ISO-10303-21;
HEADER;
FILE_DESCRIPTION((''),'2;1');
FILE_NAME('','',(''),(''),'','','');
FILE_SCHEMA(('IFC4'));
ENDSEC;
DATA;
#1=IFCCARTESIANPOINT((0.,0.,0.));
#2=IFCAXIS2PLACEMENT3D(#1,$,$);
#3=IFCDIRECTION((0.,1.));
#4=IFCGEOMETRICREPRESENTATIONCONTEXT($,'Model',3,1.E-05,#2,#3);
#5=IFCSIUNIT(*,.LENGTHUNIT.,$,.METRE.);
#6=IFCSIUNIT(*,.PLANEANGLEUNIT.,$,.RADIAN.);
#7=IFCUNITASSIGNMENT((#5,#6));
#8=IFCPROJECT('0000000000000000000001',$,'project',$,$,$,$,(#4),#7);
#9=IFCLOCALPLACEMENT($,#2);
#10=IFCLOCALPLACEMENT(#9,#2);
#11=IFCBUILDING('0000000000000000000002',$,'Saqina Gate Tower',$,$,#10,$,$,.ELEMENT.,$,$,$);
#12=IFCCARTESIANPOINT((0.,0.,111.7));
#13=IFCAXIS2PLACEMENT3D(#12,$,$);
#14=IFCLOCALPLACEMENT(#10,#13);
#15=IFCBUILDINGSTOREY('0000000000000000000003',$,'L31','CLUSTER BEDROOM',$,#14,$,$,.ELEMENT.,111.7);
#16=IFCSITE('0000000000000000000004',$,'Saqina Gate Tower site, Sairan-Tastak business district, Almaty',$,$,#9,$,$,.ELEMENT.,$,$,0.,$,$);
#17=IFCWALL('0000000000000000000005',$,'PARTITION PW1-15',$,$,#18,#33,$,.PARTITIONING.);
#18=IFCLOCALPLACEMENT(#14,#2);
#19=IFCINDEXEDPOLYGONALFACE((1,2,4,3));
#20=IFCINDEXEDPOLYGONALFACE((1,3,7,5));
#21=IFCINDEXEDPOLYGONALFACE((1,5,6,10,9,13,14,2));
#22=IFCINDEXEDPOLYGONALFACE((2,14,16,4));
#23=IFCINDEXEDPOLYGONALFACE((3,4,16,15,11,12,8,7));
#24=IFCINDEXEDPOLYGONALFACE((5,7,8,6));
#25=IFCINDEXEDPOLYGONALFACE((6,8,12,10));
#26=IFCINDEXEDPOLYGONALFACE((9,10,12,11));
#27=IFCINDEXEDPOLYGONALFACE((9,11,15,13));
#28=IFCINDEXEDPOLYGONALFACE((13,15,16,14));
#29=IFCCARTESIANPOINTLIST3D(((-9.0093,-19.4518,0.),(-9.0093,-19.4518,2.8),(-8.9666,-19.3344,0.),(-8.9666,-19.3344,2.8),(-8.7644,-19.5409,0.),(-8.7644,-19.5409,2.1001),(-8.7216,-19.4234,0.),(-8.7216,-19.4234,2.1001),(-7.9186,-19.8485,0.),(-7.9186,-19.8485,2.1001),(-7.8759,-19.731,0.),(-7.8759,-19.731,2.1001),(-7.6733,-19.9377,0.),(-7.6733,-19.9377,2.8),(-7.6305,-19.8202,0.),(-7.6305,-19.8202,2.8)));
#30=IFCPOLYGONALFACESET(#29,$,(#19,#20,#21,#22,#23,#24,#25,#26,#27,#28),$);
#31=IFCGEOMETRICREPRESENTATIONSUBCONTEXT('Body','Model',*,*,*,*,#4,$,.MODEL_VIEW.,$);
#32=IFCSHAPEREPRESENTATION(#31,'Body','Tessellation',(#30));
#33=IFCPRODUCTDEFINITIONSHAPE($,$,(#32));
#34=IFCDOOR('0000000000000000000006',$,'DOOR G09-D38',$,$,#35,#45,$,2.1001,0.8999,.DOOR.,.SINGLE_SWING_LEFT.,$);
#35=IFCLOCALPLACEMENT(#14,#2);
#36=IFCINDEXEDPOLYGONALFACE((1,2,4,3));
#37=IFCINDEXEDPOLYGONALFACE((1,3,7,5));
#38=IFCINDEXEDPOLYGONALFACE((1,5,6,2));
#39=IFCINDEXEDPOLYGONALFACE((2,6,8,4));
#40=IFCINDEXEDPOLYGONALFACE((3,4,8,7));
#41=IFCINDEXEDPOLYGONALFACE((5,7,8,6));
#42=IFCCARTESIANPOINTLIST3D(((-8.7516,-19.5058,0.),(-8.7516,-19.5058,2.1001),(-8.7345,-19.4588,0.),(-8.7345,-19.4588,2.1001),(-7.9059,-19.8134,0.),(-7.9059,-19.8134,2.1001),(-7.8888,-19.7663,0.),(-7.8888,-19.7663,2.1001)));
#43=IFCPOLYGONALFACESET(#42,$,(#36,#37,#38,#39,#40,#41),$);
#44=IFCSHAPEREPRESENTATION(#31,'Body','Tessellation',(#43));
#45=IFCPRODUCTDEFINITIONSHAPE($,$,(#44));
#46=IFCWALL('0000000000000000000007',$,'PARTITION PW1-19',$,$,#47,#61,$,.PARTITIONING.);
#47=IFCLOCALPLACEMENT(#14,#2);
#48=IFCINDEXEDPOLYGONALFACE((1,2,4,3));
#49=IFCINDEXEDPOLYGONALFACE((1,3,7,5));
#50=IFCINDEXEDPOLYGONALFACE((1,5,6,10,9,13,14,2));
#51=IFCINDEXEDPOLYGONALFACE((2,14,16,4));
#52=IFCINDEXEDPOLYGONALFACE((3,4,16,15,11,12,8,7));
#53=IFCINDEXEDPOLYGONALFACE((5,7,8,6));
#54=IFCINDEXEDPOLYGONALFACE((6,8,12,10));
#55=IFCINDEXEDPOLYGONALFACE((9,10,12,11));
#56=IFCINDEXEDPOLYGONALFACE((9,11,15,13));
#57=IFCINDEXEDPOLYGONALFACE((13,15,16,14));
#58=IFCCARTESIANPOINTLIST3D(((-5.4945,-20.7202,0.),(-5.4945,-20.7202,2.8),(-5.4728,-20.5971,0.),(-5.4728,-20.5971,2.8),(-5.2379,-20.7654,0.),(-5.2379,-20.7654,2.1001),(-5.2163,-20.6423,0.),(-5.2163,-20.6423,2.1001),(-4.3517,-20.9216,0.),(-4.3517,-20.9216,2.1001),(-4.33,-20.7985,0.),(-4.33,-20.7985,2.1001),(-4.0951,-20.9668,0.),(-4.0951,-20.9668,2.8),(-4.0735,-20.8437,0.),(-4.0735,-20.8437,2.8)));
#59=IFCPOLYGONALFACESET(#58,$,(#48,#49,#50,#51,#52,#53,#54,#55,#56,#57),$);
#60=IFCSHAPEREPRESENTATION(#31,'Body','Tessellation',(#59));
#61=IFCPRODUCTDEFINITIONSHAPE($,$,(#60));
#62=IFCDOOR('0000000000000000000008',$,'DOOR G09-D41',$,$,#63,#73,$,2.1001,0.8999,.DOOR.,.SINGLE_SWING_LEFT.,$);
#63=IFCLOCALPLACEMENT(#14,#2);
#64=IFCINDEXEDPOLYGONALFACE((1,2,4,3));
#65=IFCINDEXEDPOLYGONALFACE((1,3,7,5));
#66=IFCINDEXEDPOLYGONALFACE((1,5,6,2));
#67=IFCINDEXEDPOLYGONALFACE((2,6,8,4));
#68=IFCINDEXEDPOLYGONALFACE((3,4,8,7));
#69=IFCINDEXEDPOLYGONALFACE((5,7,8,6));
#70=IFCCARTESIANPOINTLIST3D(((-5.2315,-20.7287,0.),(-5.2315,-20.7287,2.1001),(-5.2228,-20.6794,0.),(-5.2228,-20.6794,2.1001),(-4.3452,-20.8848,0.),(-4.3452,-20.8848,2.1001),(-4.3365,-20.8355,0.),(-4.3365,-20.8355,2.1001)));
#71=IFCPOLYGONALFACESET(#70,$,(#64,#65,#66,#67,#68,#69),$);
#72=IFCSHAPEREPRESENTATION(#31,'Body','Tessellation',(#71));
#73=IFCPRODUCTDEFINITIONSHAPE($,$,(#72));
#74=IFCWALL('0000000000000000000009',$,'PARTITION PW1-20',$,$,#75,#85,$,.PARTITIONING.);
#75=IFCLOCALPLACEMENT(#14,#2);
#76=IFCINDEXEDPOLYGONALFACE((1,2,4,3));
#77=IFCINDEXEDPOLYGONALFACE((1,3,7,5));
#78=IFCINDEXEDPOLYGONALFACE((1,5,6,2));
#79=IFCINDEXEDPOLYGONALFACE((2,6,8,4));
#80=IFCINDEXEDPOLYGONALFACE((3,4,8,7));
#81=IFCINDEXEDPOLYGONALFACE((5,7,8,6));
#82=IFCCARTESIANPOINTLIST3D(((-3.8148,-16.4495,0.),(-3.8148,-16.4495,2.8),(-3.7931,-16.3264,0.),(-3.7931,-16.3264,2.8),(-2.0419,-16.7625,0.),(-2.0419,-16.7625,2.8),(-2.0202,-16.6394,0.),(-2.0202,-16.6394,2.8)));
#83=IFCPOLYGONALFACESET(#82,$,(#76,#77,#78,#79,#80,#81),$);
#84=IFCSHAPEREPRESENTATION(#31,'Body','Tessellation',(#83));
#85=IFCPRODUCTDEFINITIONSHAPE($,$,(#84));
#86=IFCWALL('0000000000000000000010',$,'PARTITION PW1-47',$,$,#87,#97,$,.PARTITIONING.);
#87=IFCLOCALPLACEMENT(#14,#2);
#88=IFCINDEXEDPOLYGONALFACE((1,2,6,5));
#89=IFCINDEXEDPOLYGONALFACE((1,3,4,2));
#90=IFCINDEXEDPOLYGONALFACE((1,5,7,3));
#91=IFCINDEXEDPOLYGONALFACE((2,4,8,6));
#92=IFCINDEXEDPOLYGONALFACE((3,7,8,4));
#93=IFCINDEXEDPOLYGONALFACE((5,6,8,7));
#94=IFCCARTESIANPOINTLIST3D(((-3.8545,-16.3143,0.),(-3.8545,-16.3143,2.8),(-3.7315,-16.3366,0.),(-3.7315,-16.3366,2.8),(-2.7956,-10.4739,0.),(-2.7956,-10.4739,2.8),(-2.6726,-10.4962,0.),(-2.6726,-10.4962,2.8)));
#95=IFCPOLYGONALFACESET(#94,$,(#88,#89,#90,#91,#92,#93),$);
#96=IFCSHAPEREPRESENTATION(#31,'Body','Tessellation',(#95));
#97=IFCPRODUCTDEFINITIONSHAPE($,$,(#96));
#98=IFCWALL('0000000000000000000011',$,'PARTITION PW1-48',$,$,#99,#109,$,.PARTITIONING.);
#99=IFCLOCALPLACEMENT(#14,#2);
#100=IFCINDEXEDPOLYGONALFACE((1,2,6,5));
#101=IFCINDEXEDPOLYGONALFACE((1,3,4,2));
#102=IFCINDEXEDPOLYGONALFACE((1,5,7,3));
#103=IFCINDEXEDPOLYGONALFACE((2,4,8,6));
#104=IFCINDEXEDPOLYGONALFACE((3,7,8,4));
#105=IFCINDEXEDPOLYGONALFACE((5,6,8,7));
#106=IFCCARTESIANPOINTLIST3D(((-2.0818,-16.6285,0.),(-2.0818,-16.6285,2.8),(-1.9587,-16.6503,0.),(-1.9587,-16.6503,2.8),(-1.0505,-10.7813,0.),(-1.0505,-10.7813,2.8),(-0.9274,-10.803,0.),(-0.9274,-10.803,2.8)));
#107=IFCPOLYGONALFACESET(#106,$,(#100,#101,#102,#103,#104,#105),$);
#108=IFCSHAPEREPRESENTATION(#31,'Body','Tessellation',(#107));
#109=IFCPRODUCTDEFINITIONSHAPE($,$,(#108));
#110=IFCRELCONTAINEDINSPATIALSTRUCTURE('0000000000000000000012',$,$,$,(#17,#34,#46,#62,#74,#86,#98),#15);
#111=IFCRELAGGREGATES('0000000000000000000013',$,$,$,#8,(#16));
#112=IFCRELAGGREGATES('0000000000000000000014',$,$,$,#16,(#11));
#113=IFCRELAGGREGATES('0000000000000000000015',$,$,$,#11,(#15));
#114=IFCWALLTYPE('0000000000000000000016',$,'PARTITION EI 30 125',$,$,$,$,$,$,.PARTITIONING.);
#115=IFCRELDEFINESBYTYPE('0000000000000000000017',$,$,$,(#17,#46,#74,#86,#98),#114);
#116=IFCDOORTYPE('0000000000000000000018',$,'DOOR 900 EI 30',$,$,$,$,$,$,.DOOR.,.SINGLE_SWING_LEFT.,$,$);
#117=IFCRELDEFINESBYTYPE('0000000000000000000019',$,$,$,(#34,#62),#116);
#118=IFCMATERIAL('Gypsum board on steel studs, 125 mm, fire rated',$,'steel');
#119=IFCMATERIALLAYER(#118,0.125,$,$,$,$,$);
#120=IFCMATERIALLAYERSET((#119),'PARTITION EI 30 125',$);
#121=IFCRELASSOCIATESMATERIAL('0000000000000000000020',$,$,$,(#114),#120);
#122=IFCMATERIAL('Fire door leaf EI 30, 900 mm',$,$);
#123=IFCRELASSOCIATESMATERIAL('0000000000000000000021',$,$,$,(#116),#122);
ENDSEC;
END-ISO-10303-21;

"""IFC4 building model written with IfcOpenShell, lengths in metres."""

from ifc_helpers import new_model, si_unit, direction, frame, frame_2d, origin, place, context, subcontext, project, spatial, rectangle, extrude, material, layer, layer_set, type_object, element, fill, save


model = new_model("IFC4")

# Units and contexts
model_context = context("Model", 3, precision=1e-05, world=origin(), true_north=direction((0.0, 1.0)))
body_context = subcontext(model_context, "Body", "Model", "MODEL_VIEW")
ifc_project = project(units=[si_unit("LENGTHUNIT", "METRE"), si_unit("PLANEANGLEUNIT", "RADIAN")], contexts=[model_context])

# Site, building, storey
site_placement = place(None, origin())
site = spatial("IfcSite", under=ifc_project, at=site_placement, Name="Saqina Gate Tower site, Sairan-Tastak business district, Almaty", CompositionType="ELEMENT", RefElevation=0.0)
building_placement = place(site_placement, origin())
building = spatial("IfcBuilding", under=site, at=building_placement, Name="Saqina Gate Tower", CompositionType="ELEMENT")
storey_placement = place(building_placement, frame((0.0, 0.0, 111.7)))
storey = spatial("IfcBuildingStorey", under=building, at=storey_placement, Name="L31", Description="CLUSTER BEDROOM", CompositionType="ELEMENT", Elevation=111.7)

# Walls, openings, doors
ifc_material_1 = material(Name="Gypsum board on steel studs, 125 mm, fire rated", Category="steel")
ifc_layer_1 = layer(ifc_material_1, 0.125)
ifc_layer_set_1 = layer_set([ifc_layer_1], Name="PARTITION EI 30 125")
wall_type_1 = type_object("IfcWallType", Name="PARTITION EI 30 125", PredefinedType="PARTITIONING", material=ifc_layer_set_1)
wall_1_placement = place(storey_placement, frame((-8.988, -19.3931, 0.0), z_axis=(0.0, 0.0, 1.0), x_axis=(0.939783, -0.341771, 0.0)))
wall_1 = element("IfcWall", 1, at=wall_1_placement, inside=storey, type_object=wall_type_1, Name="PARTITION PW1-15", PredefinedType="PARTITIONING", context=body_context, shape_type="SweptSolid", body=[
    extrude(rectangle(XDim=1.4216, YDim=0.125, at=frame_2d((0.7109, 0.0))), origin(), (0.0, 0.0, 1.0), 2.8),
])
opening_1_placement = place(wall_1_placement, frame((0.2607, 0.0, 0.0)))
opening_1 = element("IfcOpeningElement", 2, at=opening_1_placement, cuts=wall_1, PredefinedType="OPENING", context=body_context, shape_type="SweptSolid", body=[
    extrude(rectangle(XDim=0.8999, YDim=2.1001, at=frame_2d((0.45, 1.05))), frame((0.0, 0.0745, 0.0), z_axis=(0.0, -1.0, 0.0), x_axis=(1.0, 0.0, 0.0)), (0.0, 0.0, 1.0), 0.1489),
])
ifc_material_2 = material(Name="Fire door leaf EI 30, 900 mm")
door_type_1 = type_object("IfcDoorType", Name="DOOR 900 EI 30", OperationType="SINGLE_SWING_LEFT", PredefinedType="DOOR", material=ifc_material_2)
door_1_placement = place(opening_1_placement, origin())
door_1 = element("IfcDoor", 3, at=door_1_placement, inside=storey, type_object=door_type_1, Name="DOOR G09-D38", OperationType="SINGLE_SWING_LEFT", OverallHeight=2.1001, OverallWidth=0.8999, PredefinedType="DOOR", context=body_context, shape_type="SweptSolid", body=[
    extrude(rectangle(XDim=0.8999, YDim=2.1001, at=frame_2d((0.45, 1.05))), frame((0.0, 0.0249, 0.0), z_axis=(0.0, -1.0, 0.0), x_axis=(1.0, 0.0, 0.0)), (0.0, 0.0, 1.0), 0.05),
])
fill(opening_1, door_1)
wall_2_placement = place(storey_placement, frame((-5.4836, -20.6587, 0.0), z_axis=(0.0, 0.0, 1.0), x_axis=(0.984828, -0.17353, 0.0)))
wall_2 = element("IfcWall", 4, at=wall_2_placement, inside=storey, type_object=wall_type_1, Name="PARTITION PW1-19", PredefinedType="PARTITIONING", context=body_context, shape_type="SweptSolid", body=[
    extrude(rectangle(XDim=1.4209, YDim=0.125, at=frame_2d((0.7104, 0.0))), origin(), (0.0, 0.0, 1.0), 2.8),
])
opening_2_placement = place(wall_2_placement, frame((0.2605, 0.0, 0.0)))
opening_2 = element("IfcOpeningElement", 5, at=opening_2_placement, cuts=wall_2, PredefinedType="OPENING", context=body_context, shape_type="SweptSolid", body=[
    extrude(rectangle(XDim=0.8999, YDim=2.1001, at=frame_2d((0.45, 1.05))), frame((0.0, 0.0745, 0.0), z_axis=(0.0, -1.0, 0.0), x_axis=(1.0, 0.0, 0.0)), (0.0, 0.0, 1.0), 0.1489),
])
door_2_placement = place(opening_2_placement, origin())
door_2 = element("IfcDoor", 6, at=door_2_placement, inside=storey, type_object=door_type_1, Name="DOOR G09-D41", OperationType="SINGLE_SWING_LEFT", OverallHeight=2.1001, OverallWidth=0.8999, PredefinedType="DOOR", context=body_context, shape_type="SweptSolid", body=[
    extrude(rectangle(XDim=0.8999, YDim=2.1001, at=frame_2d((0.45, 1.05))), frame((0.0, 0.0249, 0.0), z_axis=(0.0, -1.0, 0.0), x_axis=(1.0, 0.0, 0.0)), (0.0, 0.0, 1.0), 0.05),
])
fill(opening_2, door_2)

# Walls
wall_3_placement = place(storey_placement, frame((-3.804, -16.3879, 0.0), z_axis=(0.0, 0.0, 1.0), x_axis=(0.984773, -0.173847, 0.0)))
element("IfcWall", 7, at=wall_3_placement, inside=storey, type_object=wall_type_1, Name="PARTITION PW1-20", PredefinedType="PARTITIONING", context=body_context, shape_type="SweptSolid", body=[
    extrude(rectangle(XDim=1.8003, YDim=0.125, at=frame_2d((0.9001, 0.0))), origin(), (0.0, 0.0, 1.0), 2.8),
])
wall_4_placement = place(storey_placement, frame((-3.793, -16.3254, 0.0), z_axis=(0.0, 0.0, 1.0), x_axis=(0.17839, 0.98396, 0.0)))
element("IfcWall", 8, at=wall_4_placement, inside=storey, type_object=wall_type_1, Name="PARTITION PW1-47", PredefinedType="PARTITIONING", context=body_context, shape_type="SweptSolid", body=[
    extrude(rectangle(XDim=5.9355, YDim=0.125, at=frame_2d((2.9678, 0.0))), origin(), (0.0, 0.0, 1.0), 2.8),
])
wall_5_placement = place(storey_placement, frame((-2.0203, -16.6394, 0.0), z_axis=(0.0, 0.0, 1.0), x_axis=(0.173687, 0.984801, 0.0)))
element("IfcWall", 9, at=wall_5_placement, inside=storey, type_object=wall_type_1, Name="PARTITION PW1-48", PredefinedType="PARTITIONING", context=body_context, shape_type="SweptSolid", body=[
    extrude(rectangle(XDim=5.9375, YDim=0.125, at=frame_2d((2.9688, 0.0))), origin(), (0.0, 0.0, 1.0), 2.8),
])

save(model, "model.ifc")
